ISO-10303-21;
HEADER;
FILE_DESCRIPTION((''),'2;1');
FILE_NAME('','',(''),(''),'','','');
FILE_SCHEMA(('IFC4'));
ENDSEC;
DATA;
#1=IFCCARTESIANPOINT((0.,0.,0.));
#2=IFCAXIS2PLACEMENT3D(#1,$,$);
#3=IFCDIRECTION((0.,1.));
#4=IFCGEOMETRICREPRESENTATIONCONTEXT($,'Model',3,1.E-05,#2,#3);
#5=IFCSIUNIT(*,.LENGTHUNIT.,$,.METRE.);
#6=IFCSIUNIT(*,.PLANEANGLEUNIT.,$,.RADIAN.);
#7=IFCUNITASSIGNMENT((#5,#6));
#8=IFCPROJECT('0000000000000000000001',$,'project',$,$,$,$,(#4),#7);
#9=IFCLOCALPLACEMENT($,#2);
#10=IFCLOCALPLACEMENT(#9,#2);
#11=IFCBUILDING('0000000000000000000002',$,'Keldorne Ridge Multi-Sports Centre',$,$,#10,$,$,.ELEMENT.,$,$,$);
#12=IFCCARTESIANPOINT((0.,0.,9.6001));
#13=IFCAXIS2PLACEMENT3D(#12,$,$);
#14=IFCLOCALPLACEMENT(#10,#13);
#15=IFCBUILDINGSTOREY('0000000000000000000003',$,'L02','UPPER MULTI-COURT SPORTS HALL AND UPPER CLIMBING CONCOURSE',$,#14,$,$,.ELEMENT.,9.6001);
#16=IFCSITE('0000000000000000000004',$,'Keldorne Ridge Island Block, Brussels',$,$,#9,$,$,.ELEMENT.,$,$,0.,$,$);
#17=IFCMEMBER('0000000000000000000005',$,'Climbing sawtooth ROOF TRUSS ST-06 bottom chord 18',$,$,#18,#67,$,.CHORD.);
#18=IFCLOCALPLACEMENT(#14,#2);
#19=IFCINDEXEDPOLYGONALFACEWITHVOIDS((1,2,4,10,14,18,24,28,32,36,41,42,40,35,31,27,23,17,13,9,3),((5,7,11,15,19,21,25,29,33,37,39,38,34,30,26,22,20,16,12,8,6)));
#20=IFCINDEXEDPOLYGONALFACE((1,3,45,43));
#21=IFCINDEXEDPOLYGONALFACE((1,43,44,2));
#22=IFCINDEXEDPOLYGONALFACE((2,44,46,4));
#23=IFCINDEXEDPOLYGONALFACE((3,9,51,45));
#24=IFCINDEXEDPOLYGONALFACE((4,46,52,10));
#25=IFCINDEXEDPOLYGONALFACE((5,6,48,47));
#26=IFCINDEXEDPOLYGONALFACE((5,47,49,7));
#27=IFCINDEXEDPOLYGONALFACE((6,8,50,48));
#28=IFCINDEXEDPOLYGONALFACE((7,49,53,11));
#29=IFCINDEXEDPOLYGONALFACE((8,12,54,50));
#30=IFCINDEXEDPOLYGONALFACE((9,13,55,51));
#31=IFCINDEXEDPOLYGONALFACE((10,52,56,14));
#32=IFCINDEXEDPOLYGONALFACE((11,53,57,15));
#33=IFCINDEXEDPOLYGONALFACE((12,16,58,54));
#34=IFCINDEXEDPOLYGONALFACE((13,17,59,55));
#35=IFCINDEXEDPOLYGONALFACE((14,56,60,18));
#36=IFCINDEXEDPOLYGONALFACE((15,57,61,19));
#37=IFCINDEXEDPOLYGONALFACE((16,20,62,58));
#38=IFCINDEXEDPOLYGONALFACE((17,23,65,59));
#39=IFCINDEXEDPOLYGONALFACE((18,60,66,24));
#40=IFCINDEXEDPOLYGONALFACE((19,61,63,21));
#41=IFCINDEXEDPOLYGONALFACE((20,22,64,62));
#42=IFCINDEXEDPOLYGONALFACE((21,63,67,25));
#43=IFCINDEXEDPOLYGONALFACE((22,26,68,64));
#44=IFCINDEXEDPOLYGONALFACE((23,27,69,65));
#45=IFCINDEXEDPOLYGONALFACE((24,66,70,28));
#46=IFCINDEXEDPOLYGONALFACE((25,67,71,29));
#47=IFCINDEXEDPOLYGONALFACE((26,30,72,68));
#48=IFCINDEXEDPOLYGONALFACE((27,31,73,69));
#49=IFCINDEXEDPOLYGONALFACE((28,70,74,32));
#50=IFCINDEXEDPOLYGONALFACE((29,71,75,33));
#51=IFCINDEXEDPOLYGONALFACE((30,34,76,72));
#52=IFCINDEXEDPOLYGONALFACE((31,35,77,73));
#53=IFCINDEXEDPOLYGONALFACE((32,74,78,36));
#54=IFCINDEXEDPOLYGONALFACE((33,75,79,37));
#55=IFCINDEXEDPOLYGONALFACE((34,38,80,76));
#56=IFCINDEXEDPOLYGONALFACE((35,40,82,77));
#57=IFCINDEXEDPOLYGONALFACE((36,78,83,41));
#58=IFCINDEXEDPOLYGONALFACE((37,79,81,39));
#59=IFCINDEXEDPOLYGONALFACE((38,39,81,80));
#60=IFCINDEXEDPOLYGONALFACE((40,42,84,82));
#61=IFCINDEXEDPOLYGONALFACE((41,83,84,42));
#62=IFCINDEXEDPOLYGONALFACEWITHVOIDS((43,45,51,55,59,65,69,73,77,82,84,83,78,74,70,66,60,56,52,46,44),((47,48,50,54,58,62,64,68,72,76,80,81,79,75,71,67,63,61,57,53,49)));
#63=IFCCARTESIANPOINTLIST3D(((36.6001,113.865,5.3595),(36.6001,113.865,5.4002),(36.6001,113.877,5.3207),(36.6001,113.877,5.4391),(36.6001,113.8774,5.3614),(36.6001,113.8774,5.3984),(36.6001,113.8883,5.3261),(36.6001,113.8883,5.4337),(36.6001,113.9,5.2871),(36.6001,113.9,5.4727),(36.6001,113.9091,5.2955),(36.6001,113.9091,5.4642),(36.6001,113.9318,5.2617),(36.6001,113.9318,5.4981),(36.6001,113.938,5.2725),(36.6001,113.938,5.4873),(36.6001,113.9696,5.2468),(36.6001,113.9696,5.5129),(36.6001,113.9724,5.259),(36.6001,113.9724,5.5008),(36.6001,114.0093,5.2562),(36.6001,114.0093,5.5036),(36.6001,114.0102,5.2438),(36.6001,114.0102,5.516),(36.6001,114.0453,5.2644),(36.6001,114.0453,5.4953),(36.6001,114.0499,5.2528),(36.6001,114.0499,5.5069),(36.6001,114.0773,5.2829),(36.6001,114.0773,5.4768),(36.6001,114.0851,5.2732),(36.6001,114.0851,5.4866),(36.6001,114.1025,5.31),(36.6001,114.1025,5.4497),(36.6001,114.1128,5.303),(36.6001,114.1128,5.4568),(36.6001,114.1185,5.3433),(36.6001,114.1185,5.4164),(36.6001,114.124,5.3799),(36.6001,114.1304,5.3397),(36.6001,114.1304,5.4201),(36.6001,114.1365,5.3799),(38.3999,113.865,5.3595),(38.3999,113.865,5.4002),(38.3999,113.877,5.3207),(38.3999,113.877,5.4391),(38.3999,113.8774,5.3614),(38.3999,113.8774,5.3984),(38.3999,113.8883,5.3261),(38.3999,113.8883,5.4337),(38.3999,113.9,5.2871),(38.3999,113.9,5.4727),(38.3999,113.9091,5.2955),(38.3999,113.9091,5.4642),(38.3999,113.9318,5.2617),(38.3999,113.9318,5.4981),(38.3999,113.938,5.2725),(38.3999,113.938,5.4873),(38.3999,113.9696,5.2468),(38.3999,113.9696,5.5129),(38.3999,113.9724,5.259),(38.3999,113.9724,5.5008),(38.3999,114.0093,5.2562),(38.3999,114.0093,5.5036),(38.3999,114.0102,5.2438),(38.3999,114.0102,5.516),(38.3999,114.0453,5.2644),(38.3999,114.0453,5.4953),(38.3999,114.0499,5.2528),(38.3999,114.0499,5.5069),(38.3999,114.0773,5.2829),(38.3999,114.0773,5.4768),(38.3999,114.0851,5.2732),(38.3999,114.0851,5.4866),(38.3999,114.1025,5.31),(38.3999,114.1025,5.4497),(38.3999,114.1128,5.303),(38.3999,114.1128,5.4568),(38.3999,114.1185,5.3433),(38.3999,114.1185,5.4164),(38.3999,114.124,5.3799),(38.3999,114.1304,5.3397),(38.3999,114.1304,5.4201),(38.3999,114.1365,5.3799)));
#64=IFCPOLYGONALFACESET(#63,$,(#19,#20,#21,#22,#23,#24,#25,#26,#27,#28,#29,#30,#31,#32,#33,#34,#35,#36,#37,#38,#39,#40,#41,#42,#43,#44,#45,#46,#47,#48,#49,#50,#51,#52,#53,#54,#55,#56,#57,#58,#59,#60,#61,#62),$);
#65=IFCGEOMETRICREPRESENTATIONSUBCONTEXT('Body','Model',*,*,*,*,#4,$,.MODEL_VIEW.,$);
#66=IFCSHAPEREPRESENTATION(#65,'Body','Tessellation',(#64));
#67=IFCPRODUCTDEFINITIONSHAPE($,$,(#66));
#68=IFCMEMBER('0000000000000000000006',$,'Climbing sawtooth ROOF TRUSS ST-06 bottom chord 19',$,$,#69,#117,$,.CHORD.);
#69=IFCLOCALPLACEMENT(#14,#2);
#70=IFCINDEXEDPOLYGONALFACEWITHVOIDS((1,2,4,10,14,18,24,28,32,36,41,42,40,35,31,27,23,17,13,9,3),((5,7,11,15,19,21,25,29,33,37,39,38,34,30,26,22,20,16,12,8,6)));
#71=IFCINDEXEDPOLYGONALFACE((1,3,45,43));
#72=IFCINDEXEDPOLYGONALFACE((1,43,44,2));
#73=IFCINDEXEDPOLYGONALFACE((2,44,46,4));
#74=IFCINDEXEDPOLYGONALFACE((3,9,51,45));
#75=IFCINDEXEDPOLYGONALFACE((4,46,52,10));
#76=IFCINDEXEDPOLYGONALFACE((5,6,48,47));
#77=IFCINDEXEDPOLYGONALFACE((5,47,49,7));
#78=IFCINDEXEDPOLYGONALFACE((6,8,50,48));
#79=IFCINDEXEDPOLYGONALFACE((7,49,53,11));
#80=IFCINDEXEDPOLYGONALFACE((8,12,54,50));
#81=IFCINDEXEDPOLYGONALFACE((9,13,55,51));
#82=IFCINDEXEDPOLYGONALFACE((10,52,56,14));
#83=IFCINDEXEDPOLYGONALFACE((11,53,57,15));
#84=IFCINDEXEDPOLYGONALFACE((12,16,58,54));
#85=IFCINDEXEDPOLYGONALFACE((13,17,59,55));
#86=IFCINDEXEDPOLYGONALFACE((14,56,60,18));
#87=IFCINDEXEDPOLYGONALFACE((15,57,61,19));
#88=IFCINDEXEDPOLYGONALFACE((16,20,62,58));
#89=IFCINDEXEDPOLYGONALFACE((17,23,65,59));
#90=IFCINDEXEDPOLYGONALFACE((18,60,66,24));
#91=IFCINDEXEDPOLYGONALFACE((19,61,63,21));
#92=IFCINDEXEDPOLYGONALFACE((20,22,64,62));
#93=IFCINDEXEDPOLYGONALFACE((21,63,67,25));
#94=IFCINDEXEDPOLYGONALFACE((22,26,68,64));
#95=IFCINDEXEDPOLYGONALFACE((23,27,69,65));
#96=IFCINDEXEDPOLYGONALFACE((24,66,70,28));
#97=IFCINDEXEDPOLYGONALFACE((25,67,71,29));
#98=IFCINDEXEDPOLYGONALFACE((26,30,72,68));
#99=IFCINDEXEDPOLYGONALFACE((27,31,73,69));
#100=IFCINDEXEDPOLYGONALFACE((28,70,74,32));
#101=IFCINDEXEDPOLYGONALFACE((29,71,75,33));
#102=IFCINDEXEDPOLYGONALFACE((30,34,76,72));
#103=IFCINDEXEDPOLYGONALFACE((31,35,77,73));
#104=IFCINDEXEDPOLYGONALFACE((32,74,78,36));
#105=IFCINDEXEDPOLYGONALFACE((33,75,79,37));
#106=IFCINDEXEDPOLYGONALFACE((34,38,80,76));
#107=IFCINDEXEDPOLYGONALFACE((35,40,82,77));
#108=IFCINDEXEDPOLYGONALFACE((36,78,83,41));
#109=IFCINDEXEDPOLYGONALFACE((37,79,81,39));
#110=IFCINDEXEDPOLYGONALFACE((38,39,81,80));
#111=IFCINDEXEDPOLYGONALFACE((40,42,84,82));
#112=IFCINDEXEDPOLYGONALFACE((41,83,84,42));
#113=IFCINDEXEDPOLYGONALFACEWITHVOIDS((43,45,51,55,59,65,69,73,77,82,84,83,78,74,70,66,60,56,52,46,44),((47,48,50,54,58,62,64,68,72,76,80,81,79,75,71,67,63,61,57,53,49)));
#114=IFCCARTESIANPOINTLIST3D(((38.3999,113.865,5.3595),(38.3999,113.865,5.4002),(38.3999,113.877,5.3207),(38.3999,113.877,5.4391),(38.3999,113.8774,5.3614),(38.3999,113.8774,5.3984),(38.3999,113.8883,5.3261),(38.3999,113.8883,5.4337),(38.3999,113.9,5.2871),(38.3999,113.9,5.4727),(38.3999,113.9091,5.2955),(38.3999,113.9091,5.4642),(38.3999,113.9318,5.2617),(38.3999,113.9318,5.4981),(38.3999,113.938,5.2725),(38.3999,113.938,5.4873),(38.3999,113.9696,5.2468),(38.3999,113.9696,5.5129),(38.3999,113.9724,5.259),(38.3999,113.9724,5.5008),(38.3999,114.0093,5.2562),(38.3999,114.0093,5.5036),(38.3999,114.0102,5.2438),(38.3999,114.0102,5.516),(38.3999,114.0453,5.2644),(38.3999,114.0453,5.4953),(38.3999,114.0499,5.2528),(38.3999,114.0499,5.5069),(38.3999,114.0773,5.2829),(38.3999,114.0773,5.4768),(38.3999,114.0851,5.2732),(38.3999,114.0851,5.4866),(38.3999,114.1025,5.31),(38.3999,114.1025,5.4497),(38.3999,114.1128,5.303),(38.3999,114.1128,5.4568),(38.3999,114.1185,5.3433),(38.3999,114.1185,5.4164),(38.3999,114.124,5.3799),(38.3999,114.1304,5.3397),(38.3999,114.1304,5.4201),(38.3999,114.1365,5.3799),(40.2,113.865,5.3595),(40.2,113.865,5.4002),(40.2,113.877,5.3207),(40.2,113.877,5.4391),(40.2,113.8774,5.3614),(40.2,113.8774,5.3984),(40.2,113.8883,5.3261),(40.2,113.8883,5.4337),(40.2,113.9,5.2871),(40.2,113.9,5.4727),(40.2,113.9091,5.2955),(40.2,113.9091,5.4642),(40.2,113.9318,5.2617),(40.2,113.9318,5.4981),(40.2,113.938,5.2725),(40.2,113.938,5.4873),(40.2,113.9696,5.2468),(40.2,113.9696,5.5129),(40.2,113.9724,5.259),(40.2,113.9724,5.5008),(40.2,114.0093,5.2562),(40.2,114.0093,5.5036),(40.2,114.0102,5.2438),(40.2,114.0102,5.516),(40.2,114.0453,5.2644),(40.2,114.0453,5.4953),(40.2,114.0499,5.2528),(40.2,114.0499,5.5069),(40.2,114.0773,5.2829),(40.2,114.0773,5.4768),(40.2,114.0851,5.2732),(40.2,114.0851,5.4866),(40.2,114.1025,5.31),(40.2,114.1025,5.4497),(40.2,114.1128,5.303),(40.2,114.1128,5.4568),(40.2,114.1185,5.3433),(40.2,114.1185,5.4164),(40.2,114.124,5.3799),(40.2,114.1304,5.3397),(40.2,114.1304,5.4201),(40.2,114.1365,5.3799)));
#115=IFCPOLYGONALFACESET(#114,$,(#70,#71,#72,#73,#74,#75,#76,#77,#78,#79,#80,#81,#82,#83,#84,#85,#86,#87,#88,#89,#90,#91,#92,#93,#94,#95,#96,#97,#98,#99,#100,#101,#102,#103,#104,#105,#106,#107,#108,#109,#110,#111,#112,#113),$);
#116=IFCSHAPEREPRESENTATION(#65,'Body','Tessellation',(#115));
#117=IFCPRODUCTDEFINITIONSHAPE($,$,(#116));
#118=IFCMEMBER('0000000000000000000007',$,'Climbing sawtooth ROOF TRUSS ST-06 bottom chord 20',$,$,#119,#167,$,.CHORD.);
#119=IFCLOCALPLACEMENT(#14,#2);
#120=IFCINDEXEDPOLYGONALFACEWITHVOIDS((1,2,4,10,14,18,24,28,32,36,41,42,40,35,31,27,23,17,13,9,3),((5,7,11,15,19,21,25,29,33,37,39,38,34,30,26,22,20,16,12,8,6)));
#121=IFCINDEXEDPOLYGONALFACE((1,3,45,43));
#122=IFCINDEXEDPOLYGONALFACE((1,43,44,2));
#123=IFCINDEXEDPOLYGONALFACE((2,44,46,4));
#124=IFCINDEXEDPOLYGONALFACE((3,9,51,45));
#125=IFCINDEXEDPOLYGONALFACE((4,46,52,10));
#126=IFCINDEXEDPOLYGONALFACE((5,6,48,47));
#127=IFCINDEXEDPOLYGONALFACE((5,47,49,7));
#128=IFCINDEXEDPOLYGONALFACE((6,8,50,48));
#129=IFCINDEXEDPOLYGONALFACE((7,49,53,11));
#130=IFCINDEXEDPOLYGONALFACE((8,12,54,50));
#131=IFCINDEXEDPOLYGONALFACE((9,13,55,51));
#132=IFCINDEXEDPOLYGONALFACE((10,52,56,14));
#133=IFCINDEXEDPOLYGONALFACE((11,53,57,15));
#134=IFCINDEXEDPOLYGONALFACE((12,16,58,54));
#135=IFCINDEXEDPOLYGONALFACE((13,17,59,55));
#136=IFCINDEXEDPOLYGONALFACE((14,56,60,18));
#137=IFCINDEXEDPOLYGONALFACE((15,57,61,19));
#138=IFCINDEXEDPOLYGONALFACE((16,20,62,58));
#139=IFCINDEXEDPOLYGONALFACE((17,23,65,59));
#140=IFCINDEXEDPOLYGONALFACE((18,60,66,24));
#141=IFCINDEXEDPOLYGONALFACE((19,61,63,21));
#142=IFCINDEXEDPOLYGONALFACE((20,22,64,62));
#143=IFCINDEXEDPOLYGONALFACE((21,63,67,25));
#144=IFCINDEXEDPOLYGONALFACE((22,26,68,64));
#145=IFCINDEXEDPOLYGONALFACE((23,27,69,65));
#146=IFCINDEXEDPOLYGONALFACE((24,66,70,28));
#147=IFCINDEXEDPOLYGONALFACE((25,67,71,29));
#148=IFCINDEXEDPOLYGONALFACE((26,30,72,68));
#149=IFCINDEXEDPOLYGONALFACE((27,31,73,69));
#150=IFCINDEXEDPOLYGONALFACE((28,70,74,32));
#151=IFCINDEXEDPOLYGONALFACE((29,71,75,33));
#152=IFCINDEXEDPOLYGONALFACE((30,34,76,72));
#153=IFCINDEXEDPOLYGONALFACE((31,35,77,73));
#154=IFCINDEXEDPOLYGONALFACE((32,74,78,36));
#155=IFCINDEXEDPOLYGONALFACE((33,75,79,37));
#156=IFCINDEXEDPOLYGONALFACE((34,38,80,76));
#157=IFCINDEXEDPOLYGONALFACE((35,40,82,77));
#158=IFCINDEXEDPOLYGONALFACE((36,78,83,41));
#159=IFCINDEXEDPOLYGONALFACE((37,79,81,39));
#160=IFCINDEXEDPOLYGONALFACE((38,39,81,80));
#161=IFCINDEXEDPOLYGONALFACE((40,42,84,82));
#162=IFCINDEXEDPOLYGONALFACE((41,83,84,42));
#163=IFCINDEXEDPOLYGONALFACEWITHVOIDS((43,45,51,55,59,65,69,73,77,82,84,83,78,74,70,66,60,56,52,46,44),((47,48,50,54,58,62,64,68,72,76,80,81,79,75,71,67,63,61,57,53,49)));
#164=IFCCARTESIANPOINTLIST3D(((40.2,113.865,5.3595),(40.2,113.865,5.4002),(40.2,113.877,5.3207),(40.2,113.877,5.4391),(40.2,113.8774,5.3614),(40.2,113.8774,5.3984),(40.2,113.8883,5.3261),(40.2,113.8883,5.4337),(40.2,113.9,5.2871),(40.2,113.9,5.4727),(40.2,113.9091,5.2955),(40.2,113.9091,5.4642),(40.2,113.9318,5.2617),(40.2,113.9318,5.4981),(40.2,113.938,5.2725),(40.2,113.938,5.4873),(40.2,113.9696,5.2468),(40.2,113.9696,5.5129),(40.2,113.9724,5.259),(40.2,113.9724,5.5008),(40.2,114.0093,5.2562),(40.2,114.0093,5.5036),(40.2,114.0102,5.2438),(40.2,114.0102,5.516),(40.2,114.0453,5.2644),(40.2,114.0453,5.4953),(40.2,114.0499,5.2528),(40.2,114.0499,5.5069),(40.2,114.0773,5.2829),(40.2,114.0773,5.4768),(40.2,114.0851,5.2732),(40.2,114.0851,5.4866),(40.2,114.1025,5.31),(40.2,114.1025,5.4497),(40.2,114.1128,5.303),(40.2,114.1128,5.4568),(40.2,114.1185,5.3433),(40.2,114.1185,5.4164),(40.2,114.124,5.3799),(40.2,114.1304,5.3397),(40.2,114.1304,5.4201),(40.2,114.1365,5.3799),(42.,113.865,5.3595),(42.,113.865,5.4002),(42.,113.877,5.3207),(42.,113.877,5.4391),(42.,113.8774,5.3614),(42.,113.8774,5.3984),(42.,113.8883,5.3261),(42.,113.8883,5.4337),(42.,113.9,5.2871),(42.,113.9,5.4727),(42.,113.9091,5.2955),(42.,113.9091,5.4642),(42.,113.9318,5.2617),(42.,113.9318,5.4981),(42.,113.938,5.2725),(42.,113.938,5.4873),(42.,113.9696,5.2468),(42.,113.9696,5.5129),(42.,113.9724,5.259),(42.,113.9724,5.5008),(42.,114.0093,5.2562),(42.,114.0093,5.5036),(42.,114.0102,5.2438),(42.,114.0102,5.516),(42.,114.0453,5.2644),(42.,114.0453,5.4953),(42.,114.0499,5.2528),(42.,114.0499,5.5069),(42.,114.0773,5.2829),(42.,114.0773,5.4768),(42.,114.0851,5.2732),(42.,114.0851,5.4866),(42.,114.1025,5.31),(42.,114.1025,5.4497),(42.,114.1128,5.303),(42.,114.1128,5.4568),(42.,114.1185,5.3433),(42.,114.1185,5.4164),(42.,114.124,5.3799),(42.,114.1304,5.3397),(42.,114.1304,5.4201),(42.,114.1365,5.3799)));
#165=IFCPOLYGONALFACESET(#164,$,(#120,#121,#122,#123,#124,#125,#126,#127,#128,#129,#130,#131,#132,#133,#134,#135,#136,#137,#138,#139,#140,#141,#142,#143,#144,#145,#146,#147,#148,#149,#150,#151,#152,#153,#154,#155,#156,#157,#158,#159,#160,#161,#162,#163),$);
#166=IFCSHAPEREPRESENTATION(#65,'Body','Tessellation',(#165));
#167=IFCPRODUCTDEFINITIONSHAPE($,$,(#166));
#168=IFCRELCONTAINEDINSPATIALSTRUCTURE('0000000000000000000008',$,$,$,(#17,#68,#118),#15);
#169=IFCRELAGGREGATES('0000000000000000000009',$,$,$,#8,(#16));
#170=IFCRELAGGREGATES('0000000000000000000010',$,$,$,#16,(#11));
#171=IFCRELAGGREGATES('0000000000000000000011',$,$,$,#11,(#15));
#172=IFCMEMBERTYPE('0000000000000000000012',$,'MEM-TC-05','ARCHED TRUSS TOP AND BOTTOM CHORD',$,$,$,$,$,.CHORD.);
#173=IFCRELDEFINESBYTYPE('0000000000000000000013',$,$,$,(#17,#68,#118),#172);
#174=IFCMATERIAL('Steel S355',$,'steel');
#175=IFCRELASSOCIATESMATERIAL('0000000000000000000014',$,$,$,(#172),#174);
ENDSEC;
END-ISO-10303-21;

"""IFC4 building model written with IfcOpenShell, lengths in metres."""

from ifc_helpers import new_model, si_unit, direction, frame, origin, origin_2d, place, context, subcontext, project, spatial, hollow_circle, extrude, material, material_profile, profile_set, type_object, element, save


model = new_model("IFC4")

# Units and contexts
model_context = context("Model", 3, precision=1e-05, world=origin(), true_north=direction((0.0, 1.0)))
body_context = subcontext(model_context, "Body", "Model", "MODEL_VIEW")
ifc_project = project(units=[si_unit("LENGTHUNIT", "METRE"), si_unit("PLANEANGLEUNIT", "RADIAN")], contexts=[model_context])

# Site, building, storey
site_placement = place(None, origin())
site = spatial("IfcSite", under=ifc_project, at=site_placement, Name="Keldorne Ridge Island Block, Brussels", CompositionType="ELEMENT", RefElevation=0.0)
building_placement = place(site_placement, origin())
building = spatial("IfcBuilding", under=site, at=building_placement, Name="Keldorne Ridge Multi-Sports Centre", CompositionType="ELEMENT")
storey_placement = place(building_placement, frame((0.0, 0.0, 9.6001)))
storey = spatial("IfcBuildingStorey", under=building, at=storey_placement, Name="L02", Description="UPPER MULTI-COURT SPORTS HALL AND UPPER CLIMBING CONCOURSE", CompositionType="ELEMENT", Elevation=9.6001)

# Members
ifc_material_1 = material(Name="Steel S355", Category="steel")
ifc_material_profile_1 = material_profile(ifc_material_1, hollow_circle(Radius=0.1365, WallThickness=0.0125, at=origin_2d()), Name="CHS 273x12.5")
ifc_profile_set_1 = profile_set([ifc_material_profile_1], Name="Steel S355")
member_type_1 = type_object("IfcMemberType", Name="MEM-TC-05", Description="ARCHED TRUSS TOP AND BOTTOM CHORD", PredefinedType="CHORD", material=ifc_profile_set_1)
member_1_placement = place(storey_placement, frame((36.6001, 114.0, 5.3799), z_axis=(1.0, 0.0, 0.0), x_axis=(0.0, 1.0, 0.0)))
element("IfcMember", 1, at=member_1_placement, inside=storey, type_object=member_type_1, Name="Climbing sawtooth ROOF TRUSS ST-06 bottom chord 18", PredefinedType="CHORD", context=body_context, shape_type="SweptSolid", body=[
    extrude(hollow_circle(Radius=0.1365, WallThickness=0.0125, at=origin_2d()), origin(), (0.0, 0.0, 1.0), 1.7998),
])
for number, where, z_axis, x_axis, name in (
    (2, (38.3999, 114.0, 5.3799), (1.0, 0.0, 0.0), (0.0, 1.0, 0.0), "Climbing sawtooth ROOF TRUSS ST-06 bottom chord 19"),
    (3, (40.2, 114.0, 5.3799), (1.0, 0.0, 0.0), (0.0, 1.0, 0.0), "Climbing sawtooth ROOF TRUSS ST-06 bottom chord 20"),
):
    element("IfcMember", number, at=place(storey_placement, frame(where, z_axis=z_axis, x_axis=x_axis)), inside=storey, type_object=member_type_1, Name=name, PredefinedType="CHORD", context=body_context, shape_type="SweptSolid", body=[
        extrude(hollow_circle(Radius=0.1365, WallThickness=0.0125, at=origin_2d()), origin(), (0.0, 0.0, 1.0), 1.8),
    ])

save(model, "model.ifc")
